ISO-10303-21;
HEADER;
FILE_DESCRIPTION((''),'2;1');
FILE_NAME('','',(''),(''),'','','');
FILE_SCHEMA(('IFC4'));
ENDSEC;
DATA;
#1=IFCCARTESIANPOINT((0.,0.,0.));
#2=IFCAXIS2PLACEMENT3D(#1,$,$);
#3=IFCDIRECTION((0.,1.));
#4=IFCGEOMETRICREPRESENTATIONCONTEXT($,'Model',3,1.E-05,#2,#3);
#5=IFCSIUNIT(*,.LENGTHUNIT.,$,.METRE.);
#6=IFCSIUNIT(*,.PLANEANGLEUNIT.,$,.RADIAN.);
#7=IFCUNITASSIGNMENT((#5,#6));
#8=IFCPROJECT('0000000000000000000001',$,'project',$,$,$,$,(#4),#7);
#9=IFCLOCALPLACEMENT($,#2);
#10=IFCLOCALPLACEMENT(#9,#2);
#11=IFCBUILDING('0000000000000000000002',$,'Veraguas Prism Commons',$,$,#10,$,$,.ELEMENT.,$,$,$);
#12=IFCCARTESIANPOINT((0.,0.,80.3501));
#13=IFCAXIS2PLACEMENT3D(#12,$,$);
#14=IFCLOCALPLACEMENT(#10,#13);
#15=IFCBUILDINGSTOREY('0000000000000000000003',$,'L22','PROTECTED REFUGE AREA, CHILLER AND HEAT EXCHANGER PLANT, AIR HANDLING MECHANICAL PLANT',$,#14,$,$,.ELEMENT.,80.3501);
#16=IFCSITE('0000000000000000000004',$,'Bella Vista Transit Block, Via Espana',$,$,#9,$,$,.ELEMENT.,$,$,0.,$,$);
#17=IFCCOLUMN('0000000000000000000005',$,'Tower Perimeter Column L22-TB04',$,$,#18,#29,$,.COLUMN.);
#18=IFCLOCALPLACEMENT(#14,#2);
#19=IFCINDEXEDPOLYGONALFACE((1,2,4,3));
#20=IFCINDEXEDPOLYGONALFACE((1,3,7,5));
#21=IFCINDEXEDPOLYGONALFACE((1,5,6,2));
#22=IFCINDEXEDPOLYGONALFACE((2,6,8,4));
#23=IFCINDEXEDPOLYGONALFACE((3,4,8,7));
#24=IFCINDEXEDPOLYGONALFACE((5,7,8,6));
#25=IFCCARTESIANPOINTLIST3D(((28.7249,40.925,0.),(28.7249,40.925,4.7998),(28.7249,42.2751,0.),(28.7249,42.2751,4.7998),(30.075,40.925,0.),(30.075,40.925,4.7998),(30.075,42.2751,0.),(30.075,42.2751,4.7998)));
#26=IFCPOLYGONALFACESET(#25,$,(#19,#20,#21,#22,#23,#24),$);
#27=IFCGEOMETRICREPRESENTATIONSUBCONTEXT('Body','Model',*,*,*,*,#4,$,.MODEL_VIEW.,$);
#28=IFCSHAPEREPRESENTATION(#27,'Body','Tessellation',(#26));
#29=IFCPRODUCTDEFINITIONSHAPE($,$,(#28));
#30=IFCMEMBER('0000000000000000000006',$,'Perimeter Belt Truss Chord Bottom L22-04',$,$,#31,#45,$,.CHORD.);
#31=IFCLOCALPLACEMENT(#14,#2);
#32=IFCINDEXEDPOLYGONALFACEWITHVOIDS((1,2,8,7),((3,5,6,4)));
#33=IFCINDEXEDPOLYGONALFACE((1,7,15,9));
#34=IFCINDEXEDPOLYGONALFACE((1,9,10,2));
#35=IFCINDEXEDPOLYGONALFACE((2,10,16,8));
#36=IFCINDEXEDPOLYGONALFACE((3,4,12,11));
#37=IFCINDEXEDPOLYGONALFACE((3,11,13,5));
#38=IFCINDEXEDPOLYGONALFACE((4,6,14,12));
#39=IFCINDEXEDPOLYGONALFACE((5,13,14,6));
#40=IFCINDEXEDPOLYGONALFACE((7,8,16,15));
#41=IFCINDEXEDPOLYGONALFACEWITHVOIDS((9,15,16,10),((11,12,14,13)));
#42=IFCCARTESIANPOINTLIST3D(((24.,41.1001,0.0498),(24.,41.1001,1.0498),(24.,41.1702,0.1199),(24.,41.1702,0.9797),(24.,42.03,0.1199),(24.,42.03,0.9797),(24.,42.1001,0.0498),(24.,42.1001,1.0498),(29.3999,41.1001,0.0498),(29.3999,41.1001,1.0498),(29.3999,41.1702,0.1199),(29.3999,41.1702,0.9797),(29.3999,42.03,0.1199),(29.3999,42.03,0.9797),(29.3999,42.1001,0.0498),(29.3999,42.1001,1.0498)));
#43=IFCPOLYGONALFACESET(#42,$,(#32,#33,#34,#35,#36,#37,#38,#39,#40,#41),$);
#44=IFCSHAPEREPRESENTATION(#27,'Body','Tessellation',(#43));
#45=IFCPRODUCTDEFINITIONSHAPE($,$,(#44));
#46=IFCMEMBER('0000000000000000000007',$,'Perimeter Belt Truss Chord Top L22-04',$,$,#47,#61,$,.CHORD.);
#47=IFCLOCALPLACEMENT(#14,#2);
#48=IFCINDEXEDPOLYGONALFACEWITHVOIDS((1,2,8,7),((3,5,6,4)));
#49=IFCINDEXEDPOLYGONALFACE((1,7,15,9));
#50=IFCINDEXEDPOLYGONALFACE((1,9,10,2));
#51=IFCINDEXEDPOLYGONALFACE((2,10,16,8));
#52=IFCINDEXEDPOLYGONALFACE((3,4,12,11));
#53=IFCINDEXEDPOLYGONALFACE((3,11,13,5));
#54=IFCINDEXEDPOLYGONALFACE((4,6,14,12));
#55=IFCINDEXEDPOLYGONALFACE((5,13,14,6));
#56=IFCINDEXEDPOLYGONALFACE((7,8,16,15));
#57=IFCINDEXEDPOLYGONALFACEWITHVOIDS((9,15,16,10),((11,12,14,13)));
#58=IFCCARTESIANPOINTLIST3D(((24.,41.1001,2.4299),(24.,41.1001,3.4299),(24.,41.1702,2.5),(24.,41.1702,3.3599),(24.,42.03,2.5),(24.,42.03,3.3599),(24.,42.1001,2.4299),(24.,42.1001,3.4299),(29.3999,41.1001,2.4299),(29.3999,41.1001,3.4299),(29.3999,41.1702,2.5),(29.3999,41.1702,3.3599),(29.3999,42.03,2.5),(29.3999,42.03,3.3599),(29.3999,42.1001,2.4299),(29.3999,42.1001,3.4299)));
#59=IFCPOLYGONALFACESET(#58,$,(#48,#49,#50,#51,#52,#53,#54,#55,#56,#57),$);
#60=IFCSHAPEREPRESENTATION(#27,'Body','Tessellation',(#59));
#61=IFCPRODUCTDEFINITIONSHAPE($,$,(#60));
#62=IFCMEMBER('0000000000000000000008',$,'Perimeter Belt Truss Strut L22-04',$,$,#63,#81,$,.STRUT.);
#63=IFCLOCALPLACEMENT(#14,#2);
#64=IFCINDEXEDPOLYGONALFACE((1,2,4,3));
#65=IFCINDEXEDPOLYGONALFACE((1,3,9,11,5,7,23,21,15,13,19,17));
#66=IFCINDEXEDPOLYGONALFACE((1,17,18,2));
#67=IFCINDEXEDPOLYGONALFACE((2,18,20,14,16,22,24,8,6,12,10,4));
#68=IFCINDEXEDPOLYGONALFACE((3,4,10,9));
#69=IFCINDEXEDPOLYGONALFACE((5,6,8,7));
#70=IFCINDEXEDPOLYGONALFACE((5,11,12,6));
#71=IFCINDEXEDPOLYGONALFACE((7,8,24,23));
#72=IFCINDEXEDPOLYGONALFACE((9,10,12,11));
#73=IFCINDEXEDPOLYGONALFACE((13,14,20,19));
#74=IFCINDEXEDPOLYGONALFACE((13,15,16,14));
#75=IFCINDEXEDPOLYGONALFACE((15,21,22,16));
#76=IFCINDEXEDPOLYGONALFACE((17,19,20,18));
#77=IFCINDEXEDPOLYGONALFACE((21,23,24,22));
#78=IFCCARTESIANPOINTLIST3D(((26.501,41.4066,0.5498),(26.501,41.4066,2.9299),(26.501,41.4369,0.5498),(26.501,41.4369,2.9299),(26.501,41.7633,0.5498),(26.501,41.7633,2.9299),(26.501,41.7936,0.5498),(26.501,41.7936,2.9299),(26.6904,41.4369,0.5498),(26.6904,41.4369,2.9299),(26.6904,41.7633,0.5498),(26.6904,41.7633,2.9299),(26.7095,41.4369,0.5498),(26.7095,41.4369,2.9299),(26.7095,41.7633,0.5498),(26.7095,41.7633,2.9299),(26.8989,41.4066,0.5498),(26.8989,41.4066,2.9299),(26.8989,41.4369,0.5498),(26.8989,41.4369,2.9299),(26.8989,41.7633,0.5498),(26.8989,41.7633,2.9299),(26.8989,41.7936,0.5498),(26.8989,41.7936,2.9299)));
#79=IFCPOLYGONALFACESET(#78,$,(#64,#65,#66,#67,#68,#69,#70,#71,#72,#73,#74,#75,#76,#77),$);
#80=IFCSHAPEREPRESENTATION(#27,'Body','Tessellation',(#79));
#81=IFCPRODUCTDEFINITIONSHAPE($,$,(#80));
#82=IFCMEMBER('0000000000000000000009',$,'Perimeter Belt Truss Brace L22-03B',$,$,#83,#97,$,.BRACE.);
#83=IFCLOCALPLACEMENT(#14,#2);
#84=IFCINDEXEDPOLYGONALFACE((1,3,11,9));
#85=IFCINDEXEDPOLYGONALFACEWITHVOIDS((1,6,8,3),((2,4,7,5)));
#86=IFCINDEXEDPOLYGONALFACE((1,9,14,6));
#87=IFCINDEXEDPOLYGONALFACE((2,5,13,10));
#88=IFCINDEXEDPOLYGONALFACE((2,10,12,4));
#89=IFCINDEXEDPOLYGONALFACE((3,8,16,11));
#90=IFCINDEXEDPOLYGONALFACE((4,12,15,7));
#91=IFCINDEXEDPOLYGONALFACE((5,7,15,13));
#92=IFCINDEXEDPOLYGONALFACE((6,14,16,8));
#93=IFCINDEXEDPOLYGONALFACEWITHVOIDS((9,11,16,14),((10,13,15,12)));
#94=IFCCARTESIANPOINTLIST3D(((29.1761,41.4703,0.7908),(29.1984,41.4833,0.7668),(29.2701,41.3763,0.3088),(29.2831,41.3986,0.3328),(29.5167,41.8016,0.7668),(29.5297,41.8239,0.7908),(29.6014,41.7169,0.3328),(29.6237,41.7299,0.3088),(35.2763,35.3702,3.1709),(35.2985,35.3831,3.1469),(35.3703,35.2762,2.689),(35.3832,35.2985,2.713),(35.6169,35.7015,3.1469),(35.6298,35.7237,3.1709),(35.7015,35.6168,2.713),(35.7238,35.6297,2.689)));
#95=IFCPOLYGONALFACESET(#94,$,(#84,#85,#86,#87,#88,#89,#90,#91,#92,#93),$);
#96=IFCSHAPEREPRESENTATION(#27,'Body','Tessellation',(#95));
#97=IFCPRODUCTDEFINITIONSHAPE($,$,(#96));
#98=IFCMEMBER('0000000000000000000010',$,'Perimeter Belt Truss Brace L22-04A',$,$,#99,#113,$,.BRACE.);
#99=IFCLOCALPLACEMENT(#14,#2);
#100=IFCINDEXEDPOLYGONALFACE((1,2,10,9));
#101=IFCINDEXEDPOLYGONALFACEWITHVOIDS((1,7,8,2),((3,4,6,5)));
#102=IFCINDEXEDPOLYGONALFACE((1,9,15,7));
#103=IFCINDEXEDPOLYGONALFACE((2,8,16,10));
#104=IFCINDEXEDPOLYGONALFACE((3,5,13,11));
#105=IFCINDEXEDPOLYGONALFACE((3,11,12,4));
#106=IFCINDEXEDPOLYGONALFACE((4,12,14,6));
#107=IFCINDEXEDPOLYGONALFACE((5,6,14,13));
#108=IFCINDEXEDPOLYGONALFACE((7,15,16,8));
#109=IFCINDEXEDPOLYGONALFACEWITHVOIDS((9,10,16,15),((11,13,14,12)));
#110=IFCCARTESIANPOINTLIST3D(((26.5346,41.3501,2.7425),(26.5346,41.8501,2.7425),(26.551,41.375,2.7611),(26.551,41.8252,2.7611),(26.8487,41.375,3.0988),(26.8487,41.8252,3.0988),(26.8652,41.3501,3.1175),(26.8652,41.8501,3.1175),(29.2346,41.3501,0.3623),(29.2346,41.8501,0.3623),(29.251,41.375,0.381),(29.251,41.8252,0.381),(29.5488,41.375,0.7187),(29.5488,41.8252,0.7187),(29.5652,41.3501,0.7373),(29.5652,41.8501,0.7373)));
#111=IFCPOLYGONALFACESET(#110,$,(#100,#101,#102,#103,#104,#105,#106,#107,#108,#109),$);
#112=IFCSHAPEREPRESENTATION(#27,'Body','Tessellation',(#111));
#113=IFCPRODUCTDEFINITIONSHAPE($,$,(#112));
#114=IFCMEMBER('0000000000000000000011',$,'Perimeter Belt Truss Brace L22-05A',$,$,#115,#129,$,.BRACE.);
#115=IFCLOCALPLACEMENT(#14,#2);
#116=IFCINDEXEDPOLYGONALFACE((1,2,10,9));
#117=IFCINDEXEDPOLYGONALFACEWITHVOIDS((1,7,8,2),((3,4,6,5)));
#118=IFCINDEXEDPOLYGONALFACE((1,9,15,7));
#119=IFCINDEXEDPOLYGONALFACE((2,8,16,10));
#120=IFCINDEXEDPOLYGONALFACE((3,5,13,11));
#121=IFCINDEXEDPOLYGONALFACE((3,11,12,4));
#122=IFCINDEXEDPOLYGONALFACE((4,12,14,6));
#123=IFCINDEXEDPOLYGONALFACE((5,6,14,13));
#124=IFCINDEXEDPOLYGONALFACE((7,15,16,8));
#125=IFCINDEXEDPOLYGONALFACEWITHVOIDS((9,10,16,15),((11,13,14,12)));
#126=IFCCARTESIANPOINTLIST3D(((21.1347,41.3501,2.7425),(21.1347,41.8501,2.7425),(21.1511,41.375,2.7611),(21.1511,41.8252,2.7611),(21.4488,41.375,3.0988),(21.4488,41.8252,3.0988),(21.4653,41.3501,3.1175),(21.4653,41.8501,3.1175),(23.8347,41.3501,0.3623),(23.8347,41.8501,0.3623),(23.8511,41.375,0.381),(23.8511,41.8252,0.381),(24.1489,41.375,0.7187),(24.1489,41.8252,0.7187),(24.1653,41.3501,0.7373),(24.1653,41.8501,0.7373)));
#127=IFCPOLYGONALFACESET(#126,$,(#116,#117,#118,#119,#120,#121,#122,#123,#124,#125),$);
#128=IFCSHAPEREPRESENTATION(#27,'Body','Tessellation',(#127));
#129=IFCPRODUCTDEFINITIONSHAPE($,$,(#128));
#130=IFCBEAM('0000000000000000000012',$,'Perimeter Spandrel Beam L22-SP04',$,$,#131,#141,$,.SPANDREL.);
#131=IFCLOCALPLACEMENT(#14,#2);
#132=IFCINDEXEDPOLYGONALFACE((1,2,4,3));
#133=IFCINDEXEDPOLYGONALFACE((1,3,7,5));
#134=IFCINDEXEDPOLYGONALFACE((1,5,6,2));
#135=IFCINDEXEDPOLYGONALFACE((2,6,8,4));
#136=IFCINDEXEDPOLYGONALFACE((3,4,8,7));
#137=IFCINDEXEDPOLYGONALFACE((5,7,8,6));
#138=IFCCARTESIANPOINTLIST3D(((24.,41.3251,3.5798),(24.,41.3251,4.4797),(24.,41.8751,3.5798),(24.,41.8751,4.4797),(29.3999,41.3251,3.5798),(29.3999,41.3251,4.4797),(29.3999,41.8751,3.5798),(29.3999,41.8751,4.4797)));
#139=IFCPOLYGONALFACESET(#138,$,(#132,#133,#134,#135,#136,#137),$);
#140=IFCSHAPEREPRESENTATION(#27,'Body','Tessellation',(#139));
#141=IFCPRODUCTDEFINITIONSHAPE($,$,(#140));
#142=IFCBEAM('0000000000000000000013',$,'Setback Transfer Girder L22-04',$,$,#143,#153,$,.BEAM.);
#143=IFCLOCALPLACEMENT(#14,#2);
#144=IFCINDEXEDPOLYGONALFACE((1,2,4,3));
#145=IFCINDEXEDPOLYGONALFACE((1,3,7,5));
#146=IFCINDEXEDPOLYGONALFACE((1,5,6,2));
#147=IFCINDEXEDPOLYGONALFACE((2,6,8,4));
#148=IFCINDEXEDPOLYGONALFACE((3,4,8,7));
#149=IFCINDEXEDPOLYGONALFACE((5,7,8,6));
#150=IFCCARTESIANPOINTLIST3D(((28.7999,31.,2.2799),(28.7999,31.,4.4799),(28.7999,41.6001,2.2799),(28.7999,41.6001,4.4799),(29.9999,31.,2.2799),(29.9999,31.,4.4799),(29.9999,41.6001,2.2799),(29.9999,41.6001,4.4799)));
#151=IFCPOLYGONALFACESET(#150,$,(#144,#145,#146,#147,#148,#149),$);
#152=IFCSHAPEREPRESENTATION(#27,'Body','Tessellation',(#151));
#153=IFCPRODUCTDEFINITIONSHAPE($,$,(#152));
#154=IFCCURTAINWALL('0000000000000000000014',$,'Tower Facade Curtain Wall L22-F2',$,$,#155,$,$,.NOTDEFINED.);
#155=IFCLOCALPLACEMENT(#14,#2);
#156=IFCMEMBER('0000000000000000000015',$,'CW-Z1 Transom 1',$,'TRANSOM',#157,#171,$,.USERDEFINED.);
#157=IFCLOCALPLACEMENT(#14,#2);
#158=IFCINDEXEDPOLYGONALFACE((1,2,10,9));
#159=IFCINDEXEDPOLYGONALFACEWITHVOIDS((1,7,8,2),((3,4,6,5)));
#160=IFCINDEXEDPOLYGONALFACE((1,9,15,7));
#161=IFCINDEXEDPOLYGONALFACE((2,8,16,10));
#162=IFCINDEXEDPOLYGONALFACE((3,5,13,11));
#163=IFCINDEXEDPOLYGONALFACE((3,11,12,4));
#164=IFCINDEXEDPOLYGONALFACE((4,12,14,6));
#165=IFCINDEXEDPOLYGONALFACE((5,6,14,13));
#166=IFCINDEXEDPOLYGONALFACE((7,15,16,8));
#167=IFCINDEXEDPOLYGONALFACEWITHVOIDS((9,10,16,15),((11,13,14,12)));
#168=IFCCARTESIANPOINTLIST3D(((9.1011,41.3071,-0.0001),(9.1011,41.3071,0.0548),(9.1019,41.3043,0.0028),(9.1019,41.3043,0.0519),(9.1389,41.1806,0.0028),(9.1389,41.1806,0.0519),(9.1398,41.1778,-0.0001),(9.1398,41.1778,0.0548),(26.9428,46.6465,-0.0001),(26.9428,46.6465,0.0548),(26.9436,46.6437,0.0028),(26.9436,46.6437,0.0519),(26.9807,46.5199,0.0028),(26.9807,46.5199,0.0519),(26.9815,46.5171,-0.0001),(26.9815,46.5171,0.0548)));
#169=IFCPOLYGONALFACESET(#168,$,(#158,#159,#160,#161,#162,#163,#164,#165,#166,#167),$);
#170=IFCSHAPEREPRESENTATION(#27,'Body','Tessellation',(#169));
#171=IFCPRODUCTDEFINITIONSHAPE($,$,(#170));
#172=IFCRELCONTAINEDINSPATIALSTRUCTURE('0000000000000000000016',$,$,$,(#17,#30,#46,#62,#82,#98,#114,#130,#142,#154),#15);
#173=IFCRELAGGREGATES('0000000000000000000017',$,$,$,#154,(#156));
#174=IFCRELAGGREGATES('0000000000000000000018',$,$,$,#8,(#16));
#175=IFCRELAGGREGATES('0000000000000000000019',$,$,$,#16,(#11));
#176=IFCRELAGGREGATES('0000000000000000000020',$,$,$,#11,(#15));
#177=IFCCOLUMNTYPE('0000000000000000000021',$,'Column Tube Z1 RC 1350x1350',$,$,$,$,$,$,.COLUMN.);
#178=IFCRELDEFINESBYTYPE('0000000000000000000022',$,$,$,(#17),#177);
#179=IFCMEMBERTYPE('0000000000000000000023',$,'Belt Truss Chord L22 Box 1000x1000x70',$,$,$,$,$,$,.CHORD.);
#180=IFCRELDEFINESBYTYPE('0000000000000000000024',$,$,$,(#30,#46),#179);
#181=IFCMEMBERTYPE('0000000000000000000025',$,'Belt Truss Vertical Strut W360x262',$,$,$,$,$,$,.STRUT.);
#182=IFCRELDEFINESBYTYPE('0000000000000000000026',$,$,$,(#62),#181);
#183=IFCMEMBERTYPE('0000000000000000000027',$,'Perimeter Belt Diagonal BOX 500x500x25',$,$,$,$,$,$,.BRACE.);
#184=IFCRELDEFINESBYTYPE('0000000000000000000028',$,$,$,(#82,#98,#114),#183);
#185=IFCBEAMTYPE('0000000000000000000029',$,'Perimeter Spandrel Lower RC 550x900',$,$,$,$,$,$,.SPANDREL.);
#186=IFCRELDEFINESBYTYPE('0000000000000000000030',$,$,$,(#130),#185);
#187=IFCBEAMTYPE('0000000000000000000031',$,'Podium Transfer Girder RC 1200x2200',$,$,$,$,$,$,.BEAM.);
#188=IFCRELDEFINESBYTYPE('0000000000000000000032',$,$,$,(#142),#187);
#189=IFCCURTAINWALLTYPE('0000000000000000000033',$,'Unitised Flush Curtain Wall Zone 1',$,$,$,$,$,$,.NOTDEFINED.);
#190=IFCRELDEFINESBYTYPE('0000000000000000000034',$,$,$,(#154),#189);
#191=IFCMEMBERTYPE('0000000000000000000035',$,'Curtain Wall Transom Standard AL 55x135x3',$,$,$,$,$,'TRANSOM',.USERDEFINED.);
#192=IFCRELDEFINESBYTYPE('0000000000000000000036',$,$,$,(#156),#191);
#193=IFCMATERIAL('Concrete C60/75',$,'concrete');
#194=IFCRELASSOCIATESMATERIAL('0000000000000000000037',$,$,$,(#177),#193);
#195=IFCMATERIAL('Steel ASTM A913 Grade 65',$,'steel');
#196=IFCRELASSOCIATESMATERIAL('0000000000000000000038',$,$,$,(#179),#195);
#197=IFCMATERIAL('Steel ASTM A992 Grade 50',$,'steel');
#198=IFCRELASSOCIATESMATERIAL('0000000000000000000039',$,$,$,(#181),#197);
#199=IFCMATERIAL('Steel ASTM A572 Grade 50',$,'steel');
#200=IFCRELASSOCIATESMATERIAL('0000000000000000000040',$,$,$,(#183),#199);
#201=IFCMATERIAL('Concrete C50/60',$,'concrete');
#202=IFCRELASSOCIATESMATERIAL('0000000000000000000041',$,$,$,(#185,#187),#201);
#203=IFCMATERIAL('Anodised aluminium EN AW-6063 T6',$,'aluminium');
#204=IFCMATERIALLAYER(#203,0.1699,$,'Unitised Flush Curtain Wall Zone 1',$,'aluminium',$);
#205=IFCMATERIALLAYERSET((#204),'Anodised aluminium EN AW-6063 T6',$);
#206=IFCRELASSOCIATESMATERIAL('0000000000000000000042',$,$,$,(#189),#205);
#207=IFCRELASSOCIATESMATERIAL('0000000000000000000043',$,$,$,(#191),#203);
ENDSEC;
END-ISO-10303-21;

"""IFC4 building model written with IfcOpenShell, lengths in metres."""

from ifc_helpers import new_model, si_unit, direction, frame, origin, origin_2d, place, context, subcontext, project, spatial, rectangle, hollow_rectangle, i_section, extrude, source, transform, mapped, material, layer, layer_set, material_profile, profile_set, type_object, element, aggregate, save


model = new_model("IFC4")

# Units and contexts
model_context = context("Model", 3, precision=1e-05, world=origin(), true_north=direction((0.0, 1.0)))
body_context = subcontext(model_context, "Body", "Model", "MODEL_VIEW")
ifc_project = project(units=[si_unit("LENGTHUNIT", "METRE"), si_unit("PLANEANGLEUNIT", "RADIAN")], contexts=[model_context])

# Site, building, storey
site_placement = place(None, origin())
site = spatial("IfcSite", under=ifc_project, at=site_placement, Name="Bella Vista Transit Block, Via Espana", CompositionType="ELEMENT", RefElevation=0.0)
building_placement = place(site_placement, origin())
building = spatial("IfcBuilding", under=site, at=building_placement, Name="Veraguas Prism Commons", CompositionType="ELEMENT")
storey_placement = place(building_placement, frame((0.0, 0.0, 80.3501)))
storey = spatial("IfcBuildingStorey", under=building, at=storey_placement, Name="L22", Description="PROTECTED REFUGE AREA, CHILLER AND HEAT EXCHANGER PLANT, AIR HANDLING MECHANICAL PLANT", CompositionType="ELEMENT", Elevation=80.3501)

# Column
ifc_material_1 = material(Name="Concrete C60/75", Category="concrete")
ifc_material_profile_1 = material_profile(ifc_material_1, rectangle(XDim=1.3501, YDim=1.3501, at=origin_2d()), Name="RC1350X1350")
ifc_profile_set_1 = profile_set([ifc_material_profile_1], Name="Concrete C60/75")
column_type = type_object("IfcColumnType", Name="Column Tube Z1 RC 1350x1350", PredefinedType="COLUMN", material=ifc_profile_set_1)
column_placement = place(storey_placement, frame((29.3999, 41.6001, 0.0), z_axis=(0.0, 0.0, 1.0), x_axis=(1.0, 0.0, 0.0)))
element("IfcColumn", 1, at=column_placement, inside=storey, type_object=column_type, Name="Tower Perimeter Column L22-TB04", PredefinedType="COLUMN", context=body_context, shape_type="SweptSolid", body=[
    extrude(rectangle(XDim=1.3501, YDim=1.3501, at=origin_2d()), origin(), (0.0, 0.0, 1.0), 4.7998),
])

# Members
ifc_material_2 = material(Name="Steel ASTM A913 Grade 65", Category="steel")
ifc_material_profile_2 = material_profile(ifc_material_2, hollow_rectangle(XDim=1.0, YDim=1.0, WallThickness=0.0701, at=origin_2d()), Name="BOX1000X1000X70")
ifc_profile_set_2 = profile_set([ifc_material_profile_2], Name="Steel ASTM A913 Grade 65")
member_type_1 = type_object("IfcMemberType", Name="Belt Truss Chord L22 Box 1000x1000x70", PredefinedType="CHORD", material=ifc_profile_set_2)
for number, where, z_axis, x_axis, name in (
    (2, (29.3999, 41.6001, 0.5498), (-1.0, 0.0, 0.0), (0.0, -1.0, 0.0), "Perimeter Belt Truss Chord Bottom L22-04"),
    (3, (29.3999, 41.6001, 2.9299), (-1.0, 0.0, 0.0), (0.0, -1.0, 0.0), "Perimeter Belt Truss Chord Top L22-04"),
):
    element("IfcMember", number, at=place(storey_placement, frame(where, z_axis=z_axis, x_axis=x_axis)), inside=storey, type_object=member_type_1, Name=name, PredefinedType="CHORD", context=body_context, shape_type="SweptSolid", body=[
        extrude(hollow_rectangle(XDim=1.0, YDim=1.0, WallThickness=0.0701, at=origin_2d()), origin(), (0.0, 0.0, 1.0), 5.3999),
    ])
ifc_material_3 = material(Name="Steel ASTM A992 Grade 50", Category="steel")
ifc_material_profile_3 = material_profile(ifc_material_3, i_section(OverallWidth=0.3979, OverallDepth=0.387, WebThickness=0.019, FlangeThickness=0.0303, at=origin_2d()), Name="W360X262")
ifc_profile_set_3 = profile_set([ifc_material_profile_3], Name="Steel ASTM A992 Grade 50")
member_type_2 = type_object("IfcMemberType", Name="Belt Truss Vertical Strut W360x262", PredefinedType="STRUT", material=ifc_profile_set_3)
member_1_placement = place(storey_placement, frame((26.7, 41.6001, 0.5498), z_axis=(0.0, 0.0, 1.0), x_axis=(-1.0, 0.0, 0.0)))
element("IfcMember", 4, at=member_1_placement, inside=storey, type_object=member_type_2, Name="Perimeter Belt Truss Strut L22-04", PredefinedType="STRUT", context=body_context, shape_type="SweptSolid", body=[
    extrude(i_section(OverallWidth=0.3979, OverallDepth=0.387, WebThickness=0.019, FlangeThickness=0.0303, at=origin_2d()), origin(), (0.0, 0.0, 1.0), 2.3801),
])
ifc_material_4 = material(Name="Steel ASTM A572 Grade 50", Category="steel")
ifc_material_profile_4 = material_profile(ifc_material_4, hollow_rectangle(XDim=0.5, YDim=0.5, WallThickness=0.0249, at=origin_2d()), Name="BOX500X500X25")
ifc_profile_set_4 = profile_set([ifc_material_profile_4], Name="Steel ASTM A572 Grade 50")
member_type_3 = type_object("IfcMemberType", Name="Perimeter Belt Diagonal BOX 500x500x25", PredefinedType="BRACE", material=ifc_profile_set_4)
member_2_placement = place(storey_placement, frame((29.3999, 41.6001, 0.5498), z_axis=(0.681639, -0.681639, 0.265961), x_axis=(0.707107, 0.707107, 0.0)))
element("IfcMember", 5, at=member_2_placement, inside=storey, type_object=member_type_3, Name="Perimeter Belt Truss Brace L22-03B", PredefinedType="BRACE", context=body_context, shape_type="SweptSolid", body=[
    extrude(hollow_rectangle(XDim=0.5, YDim=0.5, WallThickness=0.0249, at=origin_2d()), origin(), (0.0, 0.0, 1.0), 8.9492),
])
for number, where, z_axis, x_axis, name in (
    (6, (29.3999, 41.6001, 0.5498), (-0.750139, 0.0, 0.661281), (0.0, -1.0, 0.0), "Perimeter Belt Truss Brace L22-04A"),
    (7, (24.0, 41.6001, 0.5498), (-0.750139, 0.0, 0.661281), (0.0, -1.0, 0.0), "Perimeter Belt Truss Brace L22-05A"),
):
    element("IfcMember", number, at=place(storey_placement, frame(where, z_axis=z_axis, x_axis=x_axis)), inside=storey, type_object=member_type_3, Name=name, PredefinedType="BRACE", context=body_context, shape_type="SweptSolid", body=[
        extrude(hollow_rectangle(XDim=0.5, YDim=0.5, WallThickness=0.0249, at=origin_2d()), origin(), (0.0, 0.0, 1.0), 3.5994),
    ])

# Beams
ifc_material_5 = material(Name="Concrete C50/60", Category="concrete")
ifc_material_profile_5 = material_profile(ifc_material_5, rectangle(XDim=0.55, YDim=0.8999, at=origin_2d()), Name="RC550X900")
ifc_profile_set_5 = profile_set([ifc_material_profile_5], Name="Concrete C50/60")
beam_type_1 = type_object("IfcBeamType", Name="Perimeter Spandrel Lower RC 550x900", PredefinedType="SPANDREL", material=ifc_profile_set_5)
beam_1_placement = place(storey_placement, frame((29.3999, 41.6001, 4.0298), z_axis=(-1.0, 0.0, 0.0), x_axis=(0.0, -1.0, 0.0)))
element("IfcBeam", 8, at=beam_1_placement, inside=storey, type_object=beam_type_1, Name="Perimeter Spandrel Beam L22-SP04", PredefinedType="SPANDREL", context=body_context, shape_type="SweptSolid", body=[
    extrude(rectangle(XDim=0.55, YDim=0.8999, at=origin_2d()), origin(), (0.0, 0.0, 1.0), 5.3999),
])
ifc_material_profile_6 = material_profile(ifc_material_5, rectangle(XDim=1.2, YDim=2.2, at=origin_2d()), Name="RC1200X2200")
ifc_profile_set_6 = profile_set([ifc_material_profile_6], Name="Concrete C50/60")
beam_type_2 = type_object("IfcBeamType", Name="Podium Transfer Girder RC 1200x2200", PredefinedType="BEAM", material=ifc_profile_set_6)
beam_2_placement = place(storey_placement, frame((29.3999, 41.6001, 3.3799), z_axis=(0.0, -1.0, 0.0), x_axis=(1.0, 0.0, 0.0)))
element("IfcBeam", 9, at=beam_2_placement, inside=storey, type_object=beam_type_2, Name="Setback Transfer Girder L22-04", PredefinedType="BEAM", context=body_context, shape_type="SweptSolid", body=[
    extrude(rectangle(XDim=1.2, YDim=2.2, at=origin_2d()), origin(), (0.0, 0.0, 1.0), 10.6001),
])

# Curtain wall, member
ifc_material_6 = material(Name="Anodised aluminium EN AW-6063 T6", Category="aluminium")
ifc_layer_1 = layer(ifc_material_6, 0.1699, Name="Unitised Flush Curtain Wall Zone 1", Category="aluminium")
ifc_layer_set_1 = layer_set([ifc_layer_1], Name="Anodised aluminium EN AW-6063 T6")
curtain_wall_type = type_object("IfcCurtainWallType", Name="Unitised Flush Curtain Wall Zone 1", PredefinedType="NOTDEFINED", material=ifc_layer_set_1)
curtain_wall_1_placement = place(storey_placement, origin())
curtain_wall_1 = element("IfcCurtainWall", 10, at=curtain_wall_1_placement, inside=storey, type_object=curtain_wall_type, Name="Tower Facade Curtain Wall L22-F2", PredefinedType="NOTDEFINED")
ifc_material_profile_7 = material_profile(ifc_material_6, hollow_rectangle(XDim=0.0549, YDim=0.135, WallThickness=0.0029, at=origin_2d()), Name="AL55X135X3")
ifc_profile_set_7 = profile_set([ifc_material_profile_7], Name="Anodised aluminium EN AW-6063 T6")
member_type_4 = type_object("IfcMemberType", Name="Curtain Wall Transom Standard AL 55x135x3", ElementType="TRANSOM", PredefinedType="USERDEFINED", material=ifc_profile_set_7)
shared_shape_1 = source(origin(), body_context, "Body", "SweptSolid", [
    extrude(hollow_rectangle(XDim=0.0549, YDim=0.135, WallThickness=0.0029, at=origin_2d()), origin(), (0.0, 0.0, 1.0), 18.6235),
])
member_3_placement = place(storey_placement, frame((26.9622, 46.5818, 0.0273), z_axis=(-0.958021, -0.286698, 0.0), x_axis=(0.0, 0.0, 1.0)))
member_3 = element("IfcMember", 11, at=member_3_placement, type_object=member_type_4, Name="CW-Z1 Transom 1", ObjectType="TRANSOM", PredefinedType="USERDEFINED", context=body_context, shape_type="MappedRepresentation", body=[
    mapped(shared_shape_1, transform((0.0, 0.0, 0.0), scale=1.0)),
])

aggregate(curtain_wall_1, [member_3])

save(model, "model.ifc")
